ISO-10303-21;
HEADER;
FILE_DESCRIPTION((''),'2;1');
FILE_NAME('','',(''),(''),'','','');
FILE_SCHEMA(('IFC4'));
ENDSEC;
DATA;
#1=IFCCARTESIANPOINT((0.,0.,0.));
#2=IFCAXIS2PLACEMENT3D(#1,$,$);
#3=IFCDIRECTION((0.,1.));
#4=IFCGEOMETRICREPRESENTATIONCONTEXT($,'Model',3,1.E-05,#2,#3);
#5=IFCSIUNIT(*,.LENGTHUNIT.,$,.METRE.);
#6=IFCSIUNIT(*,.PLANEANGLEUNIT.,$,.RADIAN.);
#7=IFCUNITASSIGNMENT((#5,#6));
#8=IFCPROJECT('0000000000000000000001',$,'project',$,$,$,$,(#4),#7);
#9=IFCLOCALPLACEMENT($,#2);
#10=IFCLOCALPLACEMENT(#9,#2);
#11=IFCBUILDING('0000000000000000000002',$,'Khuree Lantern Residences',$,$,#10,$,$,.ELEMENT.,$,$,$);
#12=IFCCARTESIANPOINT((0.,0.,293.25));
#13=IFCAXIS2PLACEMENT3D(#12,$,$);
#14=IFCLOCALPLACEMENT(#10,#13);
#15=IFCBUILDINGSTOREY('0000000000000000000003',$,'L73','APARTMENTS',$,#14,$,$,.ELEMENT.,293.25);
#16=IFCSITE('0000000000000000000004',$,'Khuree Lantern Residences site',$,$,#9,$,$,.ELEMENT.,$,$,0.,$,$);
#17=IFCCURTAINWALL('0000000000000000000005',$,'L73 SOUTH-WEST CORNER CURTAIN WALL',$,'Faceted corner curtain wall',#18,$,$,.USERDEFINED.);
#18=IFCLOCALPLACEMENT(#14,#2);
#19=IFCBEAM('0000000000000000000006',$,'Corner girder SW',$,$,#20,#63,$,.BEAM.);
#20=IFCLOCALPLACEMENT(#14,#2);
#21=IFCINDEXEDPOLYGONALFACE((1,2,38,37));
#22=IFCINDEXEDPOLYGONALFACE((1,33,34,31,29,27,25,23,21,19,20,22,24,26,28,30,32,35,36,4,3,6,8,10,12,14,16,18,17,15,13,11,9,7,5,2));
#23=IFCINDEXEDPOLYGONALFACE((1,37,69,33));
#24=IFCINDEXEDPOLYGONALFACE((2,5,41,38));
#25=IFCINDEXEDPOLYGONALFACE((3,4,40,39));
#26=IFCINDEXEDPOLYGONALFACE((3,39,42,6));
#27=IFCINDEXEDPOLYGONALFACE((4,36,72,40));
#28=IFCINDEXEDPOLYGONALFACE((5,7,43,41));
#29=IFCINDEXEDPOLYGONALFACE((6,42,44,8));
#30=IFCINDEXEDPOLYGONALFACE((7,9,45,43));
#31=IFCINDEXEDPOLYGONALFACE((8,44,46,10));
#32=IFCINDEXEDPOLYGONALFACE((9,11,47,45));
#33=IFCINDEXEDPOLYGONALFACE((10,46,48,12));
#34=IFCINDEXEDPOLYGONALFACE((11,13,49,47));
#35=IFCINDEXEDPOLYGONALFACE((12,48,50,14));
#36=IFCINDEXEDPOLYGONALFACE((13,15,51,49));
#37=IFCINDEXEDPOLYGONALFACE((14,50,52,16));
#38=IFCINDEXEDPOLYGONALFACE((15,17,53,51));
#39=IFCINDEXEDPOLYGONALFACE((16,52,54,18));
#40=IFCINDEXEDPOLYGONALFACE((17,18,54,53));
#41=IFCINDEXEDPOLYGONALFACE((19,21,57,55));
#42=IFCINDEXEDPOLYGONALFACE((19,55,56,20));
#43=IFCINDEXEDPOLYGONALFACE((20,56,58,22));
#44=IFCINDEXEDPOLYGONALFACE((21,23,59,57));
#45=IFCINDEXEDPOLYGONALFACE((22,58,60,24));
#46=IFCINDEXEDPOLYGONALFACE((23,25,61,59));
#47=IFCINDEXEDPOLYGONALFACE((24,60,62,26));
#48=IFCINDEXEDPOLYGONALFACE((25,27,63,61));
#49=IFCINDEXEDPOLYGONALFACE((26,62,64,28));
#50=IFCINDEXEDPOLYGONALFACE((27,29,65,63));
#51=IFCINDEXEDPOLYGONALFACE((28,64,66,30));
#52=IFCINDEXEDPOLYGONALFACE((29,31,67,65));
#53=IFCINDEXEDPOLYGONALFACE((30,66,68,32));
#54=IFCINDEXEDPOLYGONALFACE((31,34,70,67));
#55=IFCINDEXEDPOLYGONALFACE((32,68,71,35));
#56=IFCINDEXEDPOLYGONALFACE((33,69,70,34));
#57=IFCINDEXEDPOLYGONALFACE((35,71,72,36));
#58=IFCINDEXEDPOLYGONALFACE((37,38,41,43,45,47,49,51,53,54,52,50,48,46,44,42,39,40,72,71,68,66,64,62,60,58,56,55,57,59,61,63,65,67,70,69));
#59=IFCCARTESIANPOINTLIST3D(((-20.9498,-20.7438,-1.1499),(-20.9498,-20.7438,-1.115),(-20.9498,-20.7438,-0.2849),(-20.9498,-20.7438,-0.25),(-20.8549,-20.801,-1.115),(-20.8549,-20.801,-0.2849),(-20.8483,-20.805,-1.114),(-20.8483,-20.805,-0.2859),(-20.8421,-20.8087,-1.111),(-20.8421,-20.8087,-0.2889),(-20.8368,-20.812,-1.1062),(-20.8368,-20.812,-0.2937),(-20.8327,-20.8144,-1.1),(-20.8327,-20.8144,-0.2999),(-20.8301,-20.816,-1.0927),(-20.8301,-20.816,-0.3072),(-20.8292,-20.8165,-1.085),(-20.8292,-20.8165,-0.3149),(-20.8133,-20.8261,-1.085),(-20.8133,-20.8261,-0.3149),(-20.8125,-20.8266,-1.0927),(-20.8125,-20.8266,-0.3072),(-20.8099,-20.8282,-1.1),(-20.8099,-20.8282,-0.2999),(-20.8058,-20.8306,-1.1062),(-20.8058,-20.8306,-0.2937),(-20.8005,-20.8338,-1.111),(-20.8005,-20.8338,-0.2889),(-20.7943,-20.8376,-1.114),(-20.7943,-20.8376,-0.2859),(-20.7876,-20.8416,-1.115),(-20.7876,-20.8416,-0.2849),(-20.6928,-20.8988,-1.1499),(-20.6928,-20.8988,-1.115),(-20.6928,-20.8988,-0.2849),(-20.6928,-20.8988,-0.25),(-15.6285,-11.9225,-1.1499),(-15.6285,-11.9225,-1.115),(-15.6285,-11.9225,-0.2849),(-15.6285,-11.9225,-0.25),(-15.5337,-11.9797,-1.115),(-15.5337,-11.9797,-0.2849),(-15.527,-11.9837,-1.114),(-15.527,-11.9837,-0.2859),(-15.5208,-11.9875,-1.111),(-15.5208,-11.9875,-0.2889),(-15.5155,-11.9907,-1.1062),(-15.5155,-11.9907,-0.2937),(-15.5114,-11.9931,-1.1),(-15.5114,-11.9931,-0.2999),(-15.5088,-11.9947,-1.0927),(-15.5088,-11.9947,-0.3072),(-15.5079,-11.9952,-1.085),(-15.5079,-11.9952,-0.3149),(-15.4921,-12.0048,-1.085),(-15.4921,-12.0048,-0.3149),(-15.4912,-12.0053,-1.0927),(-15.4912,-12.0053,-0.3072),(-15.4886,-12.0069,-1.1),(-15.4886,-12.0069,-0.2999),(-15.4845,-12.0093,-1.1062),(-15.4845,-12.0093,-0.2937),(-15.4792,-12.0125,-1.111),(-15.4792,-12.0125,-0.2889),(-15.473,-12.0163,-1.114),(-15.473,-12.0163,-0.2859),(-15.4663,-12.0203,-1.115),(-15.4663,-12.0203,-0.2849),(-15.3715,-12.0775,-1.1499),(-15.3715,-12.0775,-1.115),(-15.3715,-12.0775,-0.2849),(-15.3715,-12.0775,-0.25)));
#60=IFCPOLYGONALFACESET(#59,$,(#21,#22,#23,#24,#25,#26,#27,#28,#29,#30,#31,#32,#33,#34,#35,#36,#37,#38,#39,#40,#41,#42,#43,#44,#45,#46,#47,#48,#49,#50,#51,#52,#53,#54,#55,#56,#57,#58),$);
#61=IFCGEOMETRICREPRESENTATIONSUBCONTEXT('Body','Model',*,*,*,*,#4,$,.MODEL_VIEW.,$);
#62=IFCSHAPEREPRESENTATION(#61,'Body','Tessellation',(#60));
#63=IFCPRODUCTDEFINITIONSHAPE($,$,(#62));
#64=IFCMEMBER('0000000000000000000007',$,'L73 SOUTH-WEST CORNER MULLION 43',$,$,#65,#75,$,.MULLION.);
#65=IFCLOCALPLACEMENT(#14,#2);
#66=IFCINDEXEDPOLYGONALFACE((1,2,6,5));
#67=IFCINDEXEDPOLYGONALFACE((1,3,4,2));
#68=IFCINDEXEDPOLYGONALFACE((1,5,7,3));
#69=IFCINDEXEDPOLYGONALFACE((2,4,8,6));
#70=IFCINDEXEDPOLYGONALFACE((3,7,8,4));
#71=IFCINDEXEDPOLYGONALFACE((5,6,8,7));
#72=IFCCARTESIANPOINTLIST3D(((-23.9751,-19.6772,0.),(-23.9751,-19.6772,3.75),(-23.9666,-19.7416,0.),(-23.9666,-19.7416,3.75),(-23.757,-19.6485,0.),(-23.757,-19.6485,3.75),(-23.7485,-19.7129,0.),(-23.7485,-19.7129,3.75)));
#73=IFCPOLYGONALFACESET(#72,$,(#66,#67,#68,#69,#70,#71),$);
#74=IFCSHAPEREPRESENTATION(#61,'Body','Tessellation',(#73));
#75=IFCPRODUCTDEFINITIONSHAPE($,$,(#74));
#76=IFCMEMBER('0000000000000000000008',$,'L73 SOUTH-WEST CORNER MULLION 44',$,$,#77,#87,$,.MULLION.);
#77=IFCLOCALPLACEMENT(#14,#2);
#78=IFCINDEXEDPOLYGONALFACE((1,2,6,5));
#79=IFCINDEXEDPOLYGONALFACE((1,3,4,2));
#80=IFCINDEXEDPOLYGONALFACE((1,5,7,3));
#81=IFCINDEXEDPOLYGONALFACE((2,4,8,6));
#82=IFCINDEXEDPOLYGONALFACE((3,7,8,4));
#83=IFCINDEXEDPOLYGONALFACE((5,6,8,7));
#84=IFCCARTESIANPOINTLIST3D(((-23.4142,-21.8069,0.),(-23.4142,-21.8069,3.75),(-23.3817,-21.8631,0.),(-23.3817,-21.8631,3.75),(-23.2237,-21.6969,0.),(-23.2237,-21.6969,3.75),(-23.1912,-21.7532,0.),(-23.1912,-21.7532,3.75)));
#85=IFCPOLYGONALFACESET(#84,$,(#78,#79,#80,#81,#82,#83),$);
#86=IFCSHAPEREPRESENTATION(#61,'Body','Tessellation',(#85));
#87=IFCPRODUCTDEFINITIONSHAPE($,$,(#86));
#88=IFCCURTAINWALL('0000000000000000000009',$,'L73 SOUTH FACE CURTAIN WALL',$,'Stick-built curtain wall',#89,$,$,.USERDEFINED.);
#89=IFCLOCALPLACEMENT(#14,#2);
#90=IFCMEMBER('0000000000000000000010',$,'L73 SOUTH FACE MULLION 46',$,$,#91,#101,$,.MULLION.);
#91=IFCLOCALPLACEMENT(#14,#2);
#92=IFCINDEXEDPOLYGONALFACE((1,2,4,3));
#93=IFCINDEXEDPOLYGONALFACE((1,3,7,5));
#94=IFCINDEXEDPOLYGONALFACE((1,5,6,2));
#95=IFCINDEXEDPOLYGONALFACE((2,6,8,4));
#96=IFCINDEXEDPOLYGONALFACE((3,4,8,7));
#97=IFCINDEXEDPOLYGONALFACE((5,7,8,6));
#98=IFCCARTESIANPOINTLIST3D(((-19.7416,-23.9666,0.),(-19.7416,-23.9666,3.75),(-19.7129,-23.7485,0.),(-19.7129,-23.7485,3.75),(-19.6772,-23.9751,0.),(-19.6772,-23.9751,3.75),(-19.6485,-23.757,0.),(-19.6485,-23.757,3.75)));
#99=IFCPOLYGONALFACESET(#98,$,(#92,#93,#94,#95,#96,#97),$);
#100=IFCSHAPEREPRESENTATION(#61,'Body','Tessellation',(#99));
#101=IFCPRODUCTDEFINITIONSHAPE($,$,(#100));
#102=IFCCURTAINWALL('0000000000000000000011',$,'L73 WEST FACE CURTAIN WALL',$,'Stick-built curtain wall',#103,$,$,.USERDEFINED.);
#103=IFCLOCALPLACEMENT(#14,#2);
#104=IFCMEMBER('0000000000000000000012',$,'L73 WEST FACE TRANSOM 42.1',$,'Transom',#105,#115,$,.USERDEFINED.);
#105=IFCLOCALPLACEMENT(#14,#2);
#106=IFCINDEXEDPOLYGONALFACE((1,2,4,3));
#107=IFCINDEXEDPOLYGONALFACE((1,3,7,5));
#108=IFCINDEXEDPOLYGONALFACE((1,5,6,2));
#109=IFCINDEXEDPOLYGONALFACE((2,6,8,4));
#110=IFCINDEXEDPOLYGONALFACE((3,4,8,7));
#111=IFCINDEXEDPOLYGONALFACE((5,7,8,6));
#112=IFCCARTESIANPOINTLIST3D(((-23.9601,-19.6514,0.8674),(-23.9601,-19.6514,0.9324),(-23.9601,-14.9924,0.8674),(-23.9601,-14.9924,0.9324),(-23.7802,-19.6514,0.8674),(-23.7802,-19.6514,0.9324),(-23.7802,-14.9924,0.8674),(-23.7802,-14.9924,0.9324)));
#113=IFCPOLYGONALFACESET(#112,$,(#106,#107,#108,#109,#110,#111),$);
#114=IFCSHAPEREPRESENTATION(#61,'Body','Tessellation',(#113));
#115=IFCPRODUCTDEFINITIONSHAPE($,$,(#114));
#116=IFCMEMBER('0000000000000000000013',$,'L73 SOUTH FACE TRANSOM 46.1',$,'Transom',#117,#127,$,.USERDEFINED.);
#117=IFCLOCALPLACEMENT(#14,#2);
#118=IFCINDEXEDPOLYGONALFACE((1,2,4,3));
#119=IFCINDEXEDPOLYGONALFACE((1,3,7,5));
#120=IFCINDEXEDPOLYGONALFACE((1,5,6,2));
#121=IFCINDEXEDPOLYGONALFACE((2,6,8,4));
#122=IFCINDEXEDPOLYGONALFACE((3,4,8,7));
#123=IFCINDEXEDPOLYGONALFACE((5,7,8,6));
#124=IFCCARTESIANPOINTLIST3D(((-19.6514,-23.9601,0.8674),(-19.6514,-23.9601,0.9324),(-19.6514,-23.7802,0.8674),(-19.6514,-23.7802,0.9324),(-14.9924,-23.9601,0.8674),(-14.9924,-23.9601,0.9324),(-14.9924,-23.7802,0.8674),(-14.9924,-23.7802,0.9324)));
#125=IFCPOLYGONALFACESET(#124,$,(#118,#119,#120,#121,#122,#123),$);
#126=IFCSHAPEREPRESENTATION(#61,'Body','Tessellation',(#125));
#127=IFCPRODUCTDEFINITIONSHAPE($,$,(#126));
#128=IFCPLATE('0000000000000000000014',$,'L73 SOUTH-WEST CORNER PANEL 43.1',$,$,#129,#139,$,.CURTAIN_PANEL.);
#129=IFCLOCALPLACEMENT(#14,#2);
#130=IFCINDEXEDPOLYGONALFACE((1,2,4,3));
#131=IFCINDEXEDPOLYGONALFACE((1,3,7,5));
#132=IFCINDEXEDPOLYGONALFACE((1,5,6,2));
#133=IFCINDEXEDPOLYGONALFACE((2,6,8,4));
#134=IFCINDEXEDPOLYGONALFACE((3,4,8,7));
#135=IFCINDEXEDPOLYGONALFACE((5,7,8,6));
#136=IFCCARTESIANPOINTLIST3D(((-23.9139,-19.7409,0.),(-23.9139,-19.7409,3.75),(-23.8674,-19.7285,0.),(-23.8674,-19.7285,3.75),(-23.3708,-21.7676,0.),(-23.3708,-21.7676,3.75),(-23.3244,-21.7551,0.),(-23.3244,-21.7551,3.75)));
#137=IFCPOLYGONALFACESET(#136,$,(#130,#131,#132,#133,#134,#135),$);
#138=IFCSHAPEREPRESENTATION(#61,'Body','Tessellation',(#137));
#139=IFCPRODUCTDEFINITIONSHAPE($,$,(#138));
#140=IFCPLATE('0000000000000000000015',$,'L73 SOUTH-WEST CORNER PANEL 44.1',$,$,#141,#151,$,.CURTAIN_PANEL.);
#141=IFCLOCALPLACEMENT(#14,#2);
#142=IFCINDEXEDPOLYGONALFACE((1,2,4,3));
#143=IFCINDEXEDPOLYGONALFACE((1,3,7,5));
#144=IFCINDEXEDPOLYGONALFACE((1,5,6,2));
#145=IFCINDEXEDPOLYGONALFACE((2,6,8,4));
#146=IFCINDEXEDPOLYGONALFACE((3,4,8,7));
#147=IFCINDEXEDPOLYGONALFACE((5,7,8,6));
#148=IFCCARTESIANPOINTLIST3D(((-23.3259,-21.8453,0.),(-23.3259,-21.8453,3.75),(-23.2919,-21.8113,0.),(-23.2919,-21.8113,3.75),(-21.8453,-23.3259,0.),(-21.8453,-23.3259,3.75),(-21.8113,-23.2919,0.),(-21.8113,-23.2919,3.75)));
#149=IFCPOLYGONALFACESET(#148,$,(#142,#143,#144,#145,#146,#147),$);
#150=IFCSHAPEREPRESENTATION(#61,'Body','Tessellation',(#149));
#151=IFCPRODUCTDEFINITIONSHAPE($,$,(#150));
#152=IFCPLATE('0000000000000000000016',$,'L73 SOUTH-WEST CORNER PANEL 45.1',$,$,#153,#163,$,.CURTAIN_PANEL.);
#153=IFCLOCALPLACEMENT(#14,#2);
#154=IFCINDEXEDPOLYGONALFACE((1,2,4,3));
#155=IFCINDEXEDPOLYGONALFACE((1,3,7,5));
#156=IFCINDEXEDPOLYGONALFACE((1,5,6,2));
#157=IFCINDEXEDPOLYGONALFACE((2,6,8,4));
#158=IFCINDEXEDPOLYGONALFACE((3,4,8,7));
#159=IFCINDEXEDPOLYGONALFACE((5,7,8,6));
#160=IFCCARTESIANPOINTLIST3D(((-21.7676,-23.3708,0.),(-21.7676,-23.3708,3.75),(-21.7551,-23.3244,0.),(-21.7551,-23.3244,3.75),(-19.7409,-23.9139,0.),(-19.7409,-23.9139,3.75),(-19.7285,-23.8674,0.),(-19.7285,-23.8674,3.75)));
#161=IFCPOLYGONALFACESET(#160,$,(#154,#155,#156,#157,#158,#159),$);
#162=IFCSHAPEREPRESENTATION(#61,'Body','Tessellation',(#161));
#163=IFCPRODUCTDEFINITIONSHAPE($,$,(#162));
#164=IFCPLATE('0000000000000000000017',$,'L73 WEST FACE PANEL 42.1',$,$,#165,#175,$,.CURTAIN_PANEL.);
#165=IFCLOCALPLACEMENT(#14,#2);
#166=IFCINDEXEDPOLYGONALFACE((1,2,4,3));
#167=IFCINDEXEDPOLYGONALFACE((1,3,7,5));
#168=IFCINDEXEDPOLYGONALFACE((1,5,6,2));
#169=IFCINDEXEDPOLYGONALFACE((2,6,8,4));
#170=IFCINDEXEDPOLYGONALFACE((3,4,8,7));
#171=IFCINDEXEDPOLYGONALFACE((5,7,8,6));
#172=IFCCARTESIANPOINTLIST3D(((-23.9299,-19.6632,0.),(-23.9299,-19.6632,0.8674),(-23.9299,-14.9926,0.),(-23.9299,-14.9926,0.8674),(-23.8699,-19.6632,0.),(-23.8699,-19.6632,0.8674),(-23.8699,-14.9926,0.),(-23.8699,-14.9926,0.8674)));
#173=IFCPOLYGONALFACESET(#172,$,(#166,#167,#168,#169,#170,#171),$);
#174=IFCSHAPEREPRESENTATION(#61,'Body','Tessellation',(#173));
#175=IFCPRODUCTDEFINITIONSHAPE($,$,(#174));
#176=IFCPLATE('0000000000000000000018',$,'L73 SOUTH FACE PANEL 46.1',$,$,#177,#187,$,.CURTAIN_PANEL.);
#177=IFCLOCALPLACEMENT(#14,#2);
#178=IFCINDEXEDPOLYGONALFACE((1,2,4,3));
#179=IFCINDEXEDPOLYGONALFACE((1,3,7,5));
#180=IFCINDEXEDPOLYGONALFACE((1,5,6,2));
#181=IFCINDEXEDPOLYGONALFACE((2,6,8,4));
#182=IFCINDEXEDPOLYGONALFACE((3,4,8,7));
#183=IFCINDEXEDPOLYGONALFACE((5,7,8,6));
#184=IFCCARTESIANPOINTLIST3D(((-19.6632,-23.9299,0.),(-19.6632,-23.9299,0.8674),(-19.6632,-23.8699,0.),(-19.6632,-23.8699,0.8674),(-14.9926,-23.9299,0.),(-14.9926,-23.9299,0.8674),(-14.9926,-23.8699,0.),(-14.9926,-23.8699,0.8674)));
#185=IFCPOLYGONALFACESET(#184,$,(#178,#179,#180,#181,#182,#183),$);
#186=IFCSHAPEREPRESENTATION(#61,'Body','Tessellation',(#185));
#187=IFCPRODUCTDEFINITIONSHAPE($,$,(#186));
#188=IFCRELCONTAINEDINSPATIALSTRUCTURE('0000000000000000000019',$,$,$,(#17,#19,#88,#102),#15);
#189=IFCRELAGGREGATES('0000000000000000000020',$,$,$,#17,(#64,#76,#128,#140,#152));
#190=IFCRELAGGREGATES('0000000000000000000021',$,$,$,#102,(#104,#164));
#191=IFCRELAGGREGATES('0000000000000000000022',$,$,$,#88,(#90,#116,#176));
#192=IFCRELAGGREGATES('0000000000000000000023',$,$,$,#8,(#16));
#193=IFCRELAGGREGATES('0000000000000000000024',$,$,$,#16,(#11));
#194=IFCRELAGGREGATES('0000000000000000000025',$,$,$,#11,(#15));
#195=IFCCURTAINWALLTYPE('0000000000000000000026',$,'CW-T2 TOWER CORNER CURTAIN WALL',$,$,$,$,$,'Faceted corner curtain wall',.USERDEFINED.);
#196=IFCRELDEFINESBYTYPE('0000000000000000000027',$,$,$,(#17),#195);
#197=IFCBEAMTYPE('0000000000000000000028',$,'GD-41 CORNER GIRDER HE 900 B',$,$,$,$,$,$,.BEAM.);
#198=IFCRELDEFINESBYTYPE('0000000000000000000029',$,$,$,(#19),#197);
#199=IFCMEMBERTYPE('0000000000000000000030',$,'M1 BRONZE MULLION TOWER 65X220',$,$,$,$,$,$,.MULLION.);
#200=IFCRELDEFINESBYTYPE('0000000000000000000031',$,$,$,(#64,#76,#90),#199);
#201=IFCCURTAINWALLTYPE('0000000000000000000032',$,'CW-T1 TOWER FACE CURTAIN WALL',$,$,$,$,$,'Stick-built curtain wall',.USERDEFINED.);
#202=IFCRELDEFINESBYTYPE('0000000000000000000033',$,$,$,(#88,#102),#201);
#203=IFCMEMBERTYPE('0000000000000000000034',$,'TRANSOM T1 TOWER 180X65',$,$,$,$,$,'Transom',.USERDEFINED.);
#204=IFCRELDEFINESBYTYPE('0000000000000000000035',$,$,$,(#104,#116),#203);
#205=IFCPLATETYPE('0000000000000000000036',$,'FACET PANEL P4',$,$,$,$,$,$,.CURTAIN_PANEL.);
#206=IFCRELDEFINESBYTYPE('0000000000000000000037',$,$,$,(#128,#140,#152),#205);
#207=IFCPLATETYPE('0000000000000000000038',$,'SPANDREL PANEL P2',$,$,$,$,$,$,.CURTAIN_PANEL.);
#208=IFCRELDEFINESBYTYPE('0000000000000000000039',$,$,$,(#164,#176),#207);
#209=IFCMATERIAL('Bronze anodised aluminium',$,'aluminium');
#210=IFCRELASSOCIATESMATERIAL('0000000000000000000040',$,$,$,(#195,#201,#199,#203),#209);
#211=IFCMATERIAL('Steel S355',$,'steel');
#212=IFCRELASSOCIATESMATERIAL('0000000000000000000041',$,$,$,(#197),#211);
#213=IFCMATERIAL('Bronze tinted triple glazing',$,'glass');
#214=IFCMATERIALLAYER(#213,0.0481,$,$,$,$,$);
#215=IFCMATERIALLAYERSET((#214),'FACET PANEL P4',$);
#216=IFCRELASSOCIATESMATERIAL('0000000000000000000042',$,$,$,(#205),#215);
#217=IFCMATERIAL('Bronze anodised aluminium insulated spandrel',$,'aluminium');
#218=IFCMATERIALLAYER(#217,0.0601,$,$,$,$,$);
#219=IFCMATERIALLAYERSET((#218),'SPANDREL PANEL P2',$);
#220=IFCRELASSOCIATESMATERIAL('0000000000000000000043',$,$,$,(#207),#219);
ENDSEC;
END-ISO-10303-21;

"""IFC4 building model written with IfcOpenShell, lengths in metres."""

from ifc_helpers import new_model, si_unit, direction, frame, origin, origin_2d, place, context, subcontext, project, spatial, rectangle, i_section, extrude, material, layer, layer_set, material_profile, profile_set, type_object, element, aggregate, save


model = new_model("IFC4")

# Units and contexts
model_context = context("Model", 3, precision=1e-05, world=origin(), true_north=direction((0.0, 1.0)))
body_context = subcontext(model_context, "Body", "Model", "MODEL_VIEW")
ifc_project = project(units=[si_unit("LENGTHUNIT", "METRE"), si_unit("PLANEANGLEUNIT", "RADIAN")], contexts=[model_context])

# Site, building, storey
site_placement = place(None, origin())
site = spatial("IfcSite", under=ifc_project, at=site_placement, Name="Khuree Lantern Residences site", CompositionType="ELEMENT", RefElevation=0.0)
building_placement = place(site_placement, origin())
building = spatial("IfcBuilding", under=site, at=building_placement, Name="Khuree Lantern Residences", CompositionType="ELEMENT")
storey_placement = place(building_placement, frame((0.0, 0.0, 293.25)))
storey = spatial("IfcBuildingStorey", under=building, at=storey_placement, Name="L73", Description="APARTMENTS", CompositionType="ELEMENT", Elevation=293.25)

# Shared definitions
ifc_material_1 = material(Name="Steel S355", Category="steel")

# Curtain wall
ifc_material_2 = material(Name="Bronze anodised aluminium", Category="aluminium")
curtain_wall_type_1 = type_object("IfcCurtainWallType", Name="CW-T2 TOWER CORNER CURTAIN WALL", ElementType="Faceted corner curtain wall", PredefinedType="USERDEFINED", material=ifc_material_2)
curtain_wall_1_placement = place(storey_placement, origin())
curtain_wall_1 = element("IfcCurtainWall", 1, at=curtain_wall_1_placement, inside=storey, type_object=curtain_wall_type_1, Name="L73 SOUTH-WEST CORNER CURTAIN WALL", ObjectType="Faceted corner curtain wall", PredefinedType="USERDEFINED")

# Beam
ifc_material_profile_1 = material_profile(ifc_material_1, i_section(OverallWidth=0.3, OverallDepth=0.8999, WebThickness=0.0186, FlangeThickness=0.0349, FilletRadius=0.03, at=origin_2d()), Name="HE 900 B")
ifc_profile_set_1 = profile_set([ifc_material_profile_1], Name="Steel S355")
beam_type_1 = type_object("IfcBeamType", Name="GD-41 CORNER GIRDER HE 900 B", PredefinedType="BEAM", material=ifc_profile_set_1)
beam_1_placement = place(storey_placement, frame((-20.8213, -20.8213, -0.7), z_axis=(0.51653, 0.856269, 0.0), x_axis=(-0.856269, 0.51653, 0.0)))
element("IfcBeam", 2, at=beam_1_placement, inside=storey, type_object=beam_type_1, Name="Corner girder SW", PredefinedType="BEAM", context=body_context, shape_type="SweptSolid", body=[
    extrude(i_section(OverallWidth=0.3, OverallDepth=0.8999, WebThickness=0.0186, FlangeThickness=0.0349, FilletRadius=0.03, at=origin_2d()), origin(), (0.0, 0.0, 1.0), 10.302),
])

# Members
ifc_material_profile_2 = material_profile(ifc_material_2, rectangle(XDim=0.0649, YDim=0.22, at=origin_2d()), Name="M1 65X220")
ifc_profile_set_2 = profile_set([ifc_material_profile_2], Name="Bronze anodised aluminium")
member_type_1 = type_object("IfcMemberType", Name="M1 BRONZE MULLION TOWER 65X220", PredefinedType="MULLION", material=ifc_profile_set_2)
member_1_placement = place(storey_placement, frame((-23.8618, -19.6951, 0.0), z_axis=(0.0, 0.0, 1.0), x_axis=(0.130526, -0.991445, 0.0)))
member_1 = element("IfcMember", 3, at=member_1_placement, type_object=member_type_1, Name="L73 SOUTH-WEST CORNER MULLION 43", PredefinedType="MULLION", context=body_context, shape_type="SweptSolid", body=[
    extrude(rectangle(XDim=0.0649, YDim=0.22, at=origin_2d()), origin(), (0.0, 0.0, 1.0), 3.75),
])
member_2_placement = place(storey_placement, frame((-23.3027, -21.78, 0.0), z_axis=(0.0, 0.0, 1.0), x_axis=(0.5, -0.866025, 0.0)))
member_2 = element("IfcMember", 4, at=member_2_placement, type_object=member_type_1, Name="L73 SOUTH-WEST CORNER MULLION 44", PredefinedType="MULLION", context=body_context, shape_type="SweptSolid", body=[
    extrude(rectangle(XDim=0.0649, YDim=0.22, at=origin_2d()), origin(), (0.0, 0.0, 1.0), 3.75),
])

# Curtain walls, members
curtain_wall_type_2 = type_object("IfcCurtainWallType", Name="CW-T1 TOWER FACE CURTAIN WALL", ElementType="Stick-built curtain wall", PredefinedType="USERDEFINED", material=ifc_material_2)
curtain_wall_2_placement = place(storey_placement, origin())
curtain_wall_2 = element("IfcCurtainWall", 5, at=curtain_wall_2_placement, inside=storey, type_object=curtain_wall_type_2, Name="L73 SOUTH FACE CURTAIN WALL", ObjectType="Stick-built curtain wall", PredefinedType="USERDEFINED")
member_3_placement = place(storey_placement, frame((-19.6951, -23.8618, 0.0), z_axis=(0.0, 0.0, 1.0), x_axis=(0.991445, -0.130526, 0.0)))
member_3 = element("IfcMember", 6, at=member_3_placement, type_object=member_type_1, Name="L73 SOUTH FACE MULLION 46", PredefinedType="MULLION", context=body_context, shape_type="SweptSolid", body=[
    extrude(rectangle(XDim=0.0649, YDim=0.22, at=origin_2d()), origin(), (0.0, 0.0, 1.0), 3.75),
])
curtain_wall_3_placement = place(storey_placement, origin())
curtain_wall_3 = element("IfcCurtainWall", 7, at=curtain_wall_3_placement, inside=storey, type_object=curtain_wall_type_2, Name="L73 WEST FACE CURTAIN WALL", ObjectType="Stick-built curtain wall", PredefinedType="USERDEFINED")
ifc_material_profile_3 = material_profile(ifc_material_2, rectangle(XDim=0.1799, YDim=0.0649, at=origin_2d()), Name="T1 180X65")
ifc_profile_set_3 = profile_set([ifc_material_profile_3], Name="Bronze anodised aluminium")
member_type_2 = type_object("IfcMemberType", Name="TRANSOM T1 TOWER 180X65", ElementType="Transom", PredefinedType="USERDEFINED", material=ifc_profile_set_3)
member_4_placement = place(storey_placement, frame((-23.8701, -14.9924, 0.8999), z_axis=(0.0, -1.0, 0.0), x_axis=(1.0, 0.0, 0.0)))
member_4 = element("IfcMember", 8, at=member_4_placement, type_object=member_type_2, Name="L73 WEST FACE TRANSOM 42.1", ObjectType="Transom", PredefinedType="USERDEFINED", context=body_context, shape_type="SweptSolid", body=[
    extrude(rectangle(XDim=0.1799, YDim=0.0649, at=origin_2d()), origin(), (0.0, 0.0, 1.0), 4.6589),
])

# Member
member_5_placement = place(storey_placement, frame((-19.6514, -23.8701, 0.8999), z_axis=(1.0, 0.0, 0.0), x_axis=(0.0, 1.0, 0.0)))
member_5 = element("IfcMember", 9, at=member_5_placement, type_object=member_type_2, Name="L73 SOUTH FACE TRANSOM 46.1", ObjectType="Transom", PredefinedType="USERDEFINED", context=body_context, shape_type="SweptSolid", body=[
    extrude(rectangle(XDim=0.1799, YDim=0.0649, at=origin_2d()), origin(), (0.0, 0.0, 1.0), 4.6589),
])

# Plates
ifc_material_3 = material(Name="Bronze tinted triple glazing", Category="glass")
ifc_layer_1 = layer(ifc_material_3, 0.0481)
ifc_layer_set_1 = layer_set([ifc_layer_1], Name="FACET PANEL P4")
plate_type_1 = type_object("IfcPlateType", Name="FACET PANEL P4", PredefinedType="CURTAIN_PANEL", material=ifc_layer_set_1)
plate_1_placement = place(storey_placement, frame((-23.6191, -20.748, 0.0), z_axis=(0.0, 0.0, 1.0), x_axis=(0.258819, -0.965926, 0.0)))
plate_1 = element("IfcPlate", 10, at=plate_1_placement, type_object=plate_type_1, Name="L73 SOUTH-WEST CORNER PANEL 43.1", PredefinedType="CURTAIN_PANEL", context=body_context, shape_type="SweptSolid", body=[
    extrude(rectangle(XDim=2.0981, YDim=0.0481, at=origin_2d()), origin(), (0.0, 0.0, 1.0), 3.75),
])
plate_2_placement = place(storey_placement, frame((-22.5686, -22.5686, 0.0), z_axis=(0.0, 0.0, 1.0), x_axis=(0.707107, -0.707107, 0.0)))
plate_2 = element("IfcPlate", 11, at=plate_2_placement, type_object=plate_type_1, Name="L73 SOUTH-WEST CORNER PANEL 44.1", PredefinedType="CURTAIN_PANEL", context=body_context, shape_type="SweptSolid", body=[
    extrude(rectangle(XDim=2.094, YDim=0.0481, at=origin_2d()), origin(), (0.0, 0.0, 1.0), 3.75),
])
plate_3_placement = place(storey_placement, frame((-20.748, -23.6191, 0.0), z_axis=(0.0, 0.0, 1.0), x_axis=(0.965926, -0.258819, 0.0)))
plate_3 = element("IfcPlate", 12, at=plate_3_placement, type_object=plate_type_1, Name="L73 SOUTH-WEST CORNER PANEL 45.1", PredefinedType="CURTAIN_PANEL", context=body_context, shape_type="SweptSolid", body=[
    extrude(rectangle(XDim=2.0981, YDim=0.0481, at=origin_2d()), origin(), (0.0, 0.0, 1.0), 3.75),
])
aggregate(curtain_wall_1, [member_1, member_2, plate_1, plate_2, plate_3])
ifc_material_4 = material(Name="Bronze anodised aluminium insulated spandrel", Category="aluminium")
ifc_layer_2 = layer(ifc_material_4, 0.0601)
ifc_layer_set_2 = layer_set([ifc_layer_2], Name="SPANDREL PANEL P2")
plate_type_2 = type_object("IfcPlateType", Name="SPANDREL PANEL P2", PredefinedType="CURTAIN_PANEL", material=ifc_layer_set_2)
plate_4_placement = place(storey_placement, frame((-23.8999, -17.3279, 0.0), z_axis=(0.0, 0.0, 1.0), x_axis=(0.0, -1.0, 0.0)))
plate_4 = element("IfcPlate", 13, at=plate_4_placement, type_object=plate_type_2, Name="L73 WEST FACE PANEL 42.1", PredefinedType="CURTAIN_PANEL", context=body_context, shape_type="SweptSolid", body=[
    extrude(rectangle(XDim=4.6707, YDim=0.0601, at=origin_2d()), origin(), (0.0, 0.0, 1.0), 0.8674),
])
plate_5_placement = place(storey_placement, frame((-17.3279, -23.8999, 0.0), z_axis=(0.0, 0.0, 1.0), x_axis=(1.0, 0.0, 0.0)))
plate_5 = element("IfcPlate", 14, at=plate_5_placement, type_object=plate_type_2, Name="L73 SOUTH FACE PANEL 46.1", PredefinedType="CURTAIN_PANEL", context=body_context, shape_type="SweptSolid", body=[
    extrude(rectangle(XDim=4.6707, YDim=0.0601, at=origin_2d()), origin(), (0.0, 0.0, 1.0), 0.8674),
])
aggregate(curtain_wall_3, [member_4, plate_4])
aggregate(curtain_wall_2, [member_3, member_5, plate_5])

save(model, "model.ifc")
